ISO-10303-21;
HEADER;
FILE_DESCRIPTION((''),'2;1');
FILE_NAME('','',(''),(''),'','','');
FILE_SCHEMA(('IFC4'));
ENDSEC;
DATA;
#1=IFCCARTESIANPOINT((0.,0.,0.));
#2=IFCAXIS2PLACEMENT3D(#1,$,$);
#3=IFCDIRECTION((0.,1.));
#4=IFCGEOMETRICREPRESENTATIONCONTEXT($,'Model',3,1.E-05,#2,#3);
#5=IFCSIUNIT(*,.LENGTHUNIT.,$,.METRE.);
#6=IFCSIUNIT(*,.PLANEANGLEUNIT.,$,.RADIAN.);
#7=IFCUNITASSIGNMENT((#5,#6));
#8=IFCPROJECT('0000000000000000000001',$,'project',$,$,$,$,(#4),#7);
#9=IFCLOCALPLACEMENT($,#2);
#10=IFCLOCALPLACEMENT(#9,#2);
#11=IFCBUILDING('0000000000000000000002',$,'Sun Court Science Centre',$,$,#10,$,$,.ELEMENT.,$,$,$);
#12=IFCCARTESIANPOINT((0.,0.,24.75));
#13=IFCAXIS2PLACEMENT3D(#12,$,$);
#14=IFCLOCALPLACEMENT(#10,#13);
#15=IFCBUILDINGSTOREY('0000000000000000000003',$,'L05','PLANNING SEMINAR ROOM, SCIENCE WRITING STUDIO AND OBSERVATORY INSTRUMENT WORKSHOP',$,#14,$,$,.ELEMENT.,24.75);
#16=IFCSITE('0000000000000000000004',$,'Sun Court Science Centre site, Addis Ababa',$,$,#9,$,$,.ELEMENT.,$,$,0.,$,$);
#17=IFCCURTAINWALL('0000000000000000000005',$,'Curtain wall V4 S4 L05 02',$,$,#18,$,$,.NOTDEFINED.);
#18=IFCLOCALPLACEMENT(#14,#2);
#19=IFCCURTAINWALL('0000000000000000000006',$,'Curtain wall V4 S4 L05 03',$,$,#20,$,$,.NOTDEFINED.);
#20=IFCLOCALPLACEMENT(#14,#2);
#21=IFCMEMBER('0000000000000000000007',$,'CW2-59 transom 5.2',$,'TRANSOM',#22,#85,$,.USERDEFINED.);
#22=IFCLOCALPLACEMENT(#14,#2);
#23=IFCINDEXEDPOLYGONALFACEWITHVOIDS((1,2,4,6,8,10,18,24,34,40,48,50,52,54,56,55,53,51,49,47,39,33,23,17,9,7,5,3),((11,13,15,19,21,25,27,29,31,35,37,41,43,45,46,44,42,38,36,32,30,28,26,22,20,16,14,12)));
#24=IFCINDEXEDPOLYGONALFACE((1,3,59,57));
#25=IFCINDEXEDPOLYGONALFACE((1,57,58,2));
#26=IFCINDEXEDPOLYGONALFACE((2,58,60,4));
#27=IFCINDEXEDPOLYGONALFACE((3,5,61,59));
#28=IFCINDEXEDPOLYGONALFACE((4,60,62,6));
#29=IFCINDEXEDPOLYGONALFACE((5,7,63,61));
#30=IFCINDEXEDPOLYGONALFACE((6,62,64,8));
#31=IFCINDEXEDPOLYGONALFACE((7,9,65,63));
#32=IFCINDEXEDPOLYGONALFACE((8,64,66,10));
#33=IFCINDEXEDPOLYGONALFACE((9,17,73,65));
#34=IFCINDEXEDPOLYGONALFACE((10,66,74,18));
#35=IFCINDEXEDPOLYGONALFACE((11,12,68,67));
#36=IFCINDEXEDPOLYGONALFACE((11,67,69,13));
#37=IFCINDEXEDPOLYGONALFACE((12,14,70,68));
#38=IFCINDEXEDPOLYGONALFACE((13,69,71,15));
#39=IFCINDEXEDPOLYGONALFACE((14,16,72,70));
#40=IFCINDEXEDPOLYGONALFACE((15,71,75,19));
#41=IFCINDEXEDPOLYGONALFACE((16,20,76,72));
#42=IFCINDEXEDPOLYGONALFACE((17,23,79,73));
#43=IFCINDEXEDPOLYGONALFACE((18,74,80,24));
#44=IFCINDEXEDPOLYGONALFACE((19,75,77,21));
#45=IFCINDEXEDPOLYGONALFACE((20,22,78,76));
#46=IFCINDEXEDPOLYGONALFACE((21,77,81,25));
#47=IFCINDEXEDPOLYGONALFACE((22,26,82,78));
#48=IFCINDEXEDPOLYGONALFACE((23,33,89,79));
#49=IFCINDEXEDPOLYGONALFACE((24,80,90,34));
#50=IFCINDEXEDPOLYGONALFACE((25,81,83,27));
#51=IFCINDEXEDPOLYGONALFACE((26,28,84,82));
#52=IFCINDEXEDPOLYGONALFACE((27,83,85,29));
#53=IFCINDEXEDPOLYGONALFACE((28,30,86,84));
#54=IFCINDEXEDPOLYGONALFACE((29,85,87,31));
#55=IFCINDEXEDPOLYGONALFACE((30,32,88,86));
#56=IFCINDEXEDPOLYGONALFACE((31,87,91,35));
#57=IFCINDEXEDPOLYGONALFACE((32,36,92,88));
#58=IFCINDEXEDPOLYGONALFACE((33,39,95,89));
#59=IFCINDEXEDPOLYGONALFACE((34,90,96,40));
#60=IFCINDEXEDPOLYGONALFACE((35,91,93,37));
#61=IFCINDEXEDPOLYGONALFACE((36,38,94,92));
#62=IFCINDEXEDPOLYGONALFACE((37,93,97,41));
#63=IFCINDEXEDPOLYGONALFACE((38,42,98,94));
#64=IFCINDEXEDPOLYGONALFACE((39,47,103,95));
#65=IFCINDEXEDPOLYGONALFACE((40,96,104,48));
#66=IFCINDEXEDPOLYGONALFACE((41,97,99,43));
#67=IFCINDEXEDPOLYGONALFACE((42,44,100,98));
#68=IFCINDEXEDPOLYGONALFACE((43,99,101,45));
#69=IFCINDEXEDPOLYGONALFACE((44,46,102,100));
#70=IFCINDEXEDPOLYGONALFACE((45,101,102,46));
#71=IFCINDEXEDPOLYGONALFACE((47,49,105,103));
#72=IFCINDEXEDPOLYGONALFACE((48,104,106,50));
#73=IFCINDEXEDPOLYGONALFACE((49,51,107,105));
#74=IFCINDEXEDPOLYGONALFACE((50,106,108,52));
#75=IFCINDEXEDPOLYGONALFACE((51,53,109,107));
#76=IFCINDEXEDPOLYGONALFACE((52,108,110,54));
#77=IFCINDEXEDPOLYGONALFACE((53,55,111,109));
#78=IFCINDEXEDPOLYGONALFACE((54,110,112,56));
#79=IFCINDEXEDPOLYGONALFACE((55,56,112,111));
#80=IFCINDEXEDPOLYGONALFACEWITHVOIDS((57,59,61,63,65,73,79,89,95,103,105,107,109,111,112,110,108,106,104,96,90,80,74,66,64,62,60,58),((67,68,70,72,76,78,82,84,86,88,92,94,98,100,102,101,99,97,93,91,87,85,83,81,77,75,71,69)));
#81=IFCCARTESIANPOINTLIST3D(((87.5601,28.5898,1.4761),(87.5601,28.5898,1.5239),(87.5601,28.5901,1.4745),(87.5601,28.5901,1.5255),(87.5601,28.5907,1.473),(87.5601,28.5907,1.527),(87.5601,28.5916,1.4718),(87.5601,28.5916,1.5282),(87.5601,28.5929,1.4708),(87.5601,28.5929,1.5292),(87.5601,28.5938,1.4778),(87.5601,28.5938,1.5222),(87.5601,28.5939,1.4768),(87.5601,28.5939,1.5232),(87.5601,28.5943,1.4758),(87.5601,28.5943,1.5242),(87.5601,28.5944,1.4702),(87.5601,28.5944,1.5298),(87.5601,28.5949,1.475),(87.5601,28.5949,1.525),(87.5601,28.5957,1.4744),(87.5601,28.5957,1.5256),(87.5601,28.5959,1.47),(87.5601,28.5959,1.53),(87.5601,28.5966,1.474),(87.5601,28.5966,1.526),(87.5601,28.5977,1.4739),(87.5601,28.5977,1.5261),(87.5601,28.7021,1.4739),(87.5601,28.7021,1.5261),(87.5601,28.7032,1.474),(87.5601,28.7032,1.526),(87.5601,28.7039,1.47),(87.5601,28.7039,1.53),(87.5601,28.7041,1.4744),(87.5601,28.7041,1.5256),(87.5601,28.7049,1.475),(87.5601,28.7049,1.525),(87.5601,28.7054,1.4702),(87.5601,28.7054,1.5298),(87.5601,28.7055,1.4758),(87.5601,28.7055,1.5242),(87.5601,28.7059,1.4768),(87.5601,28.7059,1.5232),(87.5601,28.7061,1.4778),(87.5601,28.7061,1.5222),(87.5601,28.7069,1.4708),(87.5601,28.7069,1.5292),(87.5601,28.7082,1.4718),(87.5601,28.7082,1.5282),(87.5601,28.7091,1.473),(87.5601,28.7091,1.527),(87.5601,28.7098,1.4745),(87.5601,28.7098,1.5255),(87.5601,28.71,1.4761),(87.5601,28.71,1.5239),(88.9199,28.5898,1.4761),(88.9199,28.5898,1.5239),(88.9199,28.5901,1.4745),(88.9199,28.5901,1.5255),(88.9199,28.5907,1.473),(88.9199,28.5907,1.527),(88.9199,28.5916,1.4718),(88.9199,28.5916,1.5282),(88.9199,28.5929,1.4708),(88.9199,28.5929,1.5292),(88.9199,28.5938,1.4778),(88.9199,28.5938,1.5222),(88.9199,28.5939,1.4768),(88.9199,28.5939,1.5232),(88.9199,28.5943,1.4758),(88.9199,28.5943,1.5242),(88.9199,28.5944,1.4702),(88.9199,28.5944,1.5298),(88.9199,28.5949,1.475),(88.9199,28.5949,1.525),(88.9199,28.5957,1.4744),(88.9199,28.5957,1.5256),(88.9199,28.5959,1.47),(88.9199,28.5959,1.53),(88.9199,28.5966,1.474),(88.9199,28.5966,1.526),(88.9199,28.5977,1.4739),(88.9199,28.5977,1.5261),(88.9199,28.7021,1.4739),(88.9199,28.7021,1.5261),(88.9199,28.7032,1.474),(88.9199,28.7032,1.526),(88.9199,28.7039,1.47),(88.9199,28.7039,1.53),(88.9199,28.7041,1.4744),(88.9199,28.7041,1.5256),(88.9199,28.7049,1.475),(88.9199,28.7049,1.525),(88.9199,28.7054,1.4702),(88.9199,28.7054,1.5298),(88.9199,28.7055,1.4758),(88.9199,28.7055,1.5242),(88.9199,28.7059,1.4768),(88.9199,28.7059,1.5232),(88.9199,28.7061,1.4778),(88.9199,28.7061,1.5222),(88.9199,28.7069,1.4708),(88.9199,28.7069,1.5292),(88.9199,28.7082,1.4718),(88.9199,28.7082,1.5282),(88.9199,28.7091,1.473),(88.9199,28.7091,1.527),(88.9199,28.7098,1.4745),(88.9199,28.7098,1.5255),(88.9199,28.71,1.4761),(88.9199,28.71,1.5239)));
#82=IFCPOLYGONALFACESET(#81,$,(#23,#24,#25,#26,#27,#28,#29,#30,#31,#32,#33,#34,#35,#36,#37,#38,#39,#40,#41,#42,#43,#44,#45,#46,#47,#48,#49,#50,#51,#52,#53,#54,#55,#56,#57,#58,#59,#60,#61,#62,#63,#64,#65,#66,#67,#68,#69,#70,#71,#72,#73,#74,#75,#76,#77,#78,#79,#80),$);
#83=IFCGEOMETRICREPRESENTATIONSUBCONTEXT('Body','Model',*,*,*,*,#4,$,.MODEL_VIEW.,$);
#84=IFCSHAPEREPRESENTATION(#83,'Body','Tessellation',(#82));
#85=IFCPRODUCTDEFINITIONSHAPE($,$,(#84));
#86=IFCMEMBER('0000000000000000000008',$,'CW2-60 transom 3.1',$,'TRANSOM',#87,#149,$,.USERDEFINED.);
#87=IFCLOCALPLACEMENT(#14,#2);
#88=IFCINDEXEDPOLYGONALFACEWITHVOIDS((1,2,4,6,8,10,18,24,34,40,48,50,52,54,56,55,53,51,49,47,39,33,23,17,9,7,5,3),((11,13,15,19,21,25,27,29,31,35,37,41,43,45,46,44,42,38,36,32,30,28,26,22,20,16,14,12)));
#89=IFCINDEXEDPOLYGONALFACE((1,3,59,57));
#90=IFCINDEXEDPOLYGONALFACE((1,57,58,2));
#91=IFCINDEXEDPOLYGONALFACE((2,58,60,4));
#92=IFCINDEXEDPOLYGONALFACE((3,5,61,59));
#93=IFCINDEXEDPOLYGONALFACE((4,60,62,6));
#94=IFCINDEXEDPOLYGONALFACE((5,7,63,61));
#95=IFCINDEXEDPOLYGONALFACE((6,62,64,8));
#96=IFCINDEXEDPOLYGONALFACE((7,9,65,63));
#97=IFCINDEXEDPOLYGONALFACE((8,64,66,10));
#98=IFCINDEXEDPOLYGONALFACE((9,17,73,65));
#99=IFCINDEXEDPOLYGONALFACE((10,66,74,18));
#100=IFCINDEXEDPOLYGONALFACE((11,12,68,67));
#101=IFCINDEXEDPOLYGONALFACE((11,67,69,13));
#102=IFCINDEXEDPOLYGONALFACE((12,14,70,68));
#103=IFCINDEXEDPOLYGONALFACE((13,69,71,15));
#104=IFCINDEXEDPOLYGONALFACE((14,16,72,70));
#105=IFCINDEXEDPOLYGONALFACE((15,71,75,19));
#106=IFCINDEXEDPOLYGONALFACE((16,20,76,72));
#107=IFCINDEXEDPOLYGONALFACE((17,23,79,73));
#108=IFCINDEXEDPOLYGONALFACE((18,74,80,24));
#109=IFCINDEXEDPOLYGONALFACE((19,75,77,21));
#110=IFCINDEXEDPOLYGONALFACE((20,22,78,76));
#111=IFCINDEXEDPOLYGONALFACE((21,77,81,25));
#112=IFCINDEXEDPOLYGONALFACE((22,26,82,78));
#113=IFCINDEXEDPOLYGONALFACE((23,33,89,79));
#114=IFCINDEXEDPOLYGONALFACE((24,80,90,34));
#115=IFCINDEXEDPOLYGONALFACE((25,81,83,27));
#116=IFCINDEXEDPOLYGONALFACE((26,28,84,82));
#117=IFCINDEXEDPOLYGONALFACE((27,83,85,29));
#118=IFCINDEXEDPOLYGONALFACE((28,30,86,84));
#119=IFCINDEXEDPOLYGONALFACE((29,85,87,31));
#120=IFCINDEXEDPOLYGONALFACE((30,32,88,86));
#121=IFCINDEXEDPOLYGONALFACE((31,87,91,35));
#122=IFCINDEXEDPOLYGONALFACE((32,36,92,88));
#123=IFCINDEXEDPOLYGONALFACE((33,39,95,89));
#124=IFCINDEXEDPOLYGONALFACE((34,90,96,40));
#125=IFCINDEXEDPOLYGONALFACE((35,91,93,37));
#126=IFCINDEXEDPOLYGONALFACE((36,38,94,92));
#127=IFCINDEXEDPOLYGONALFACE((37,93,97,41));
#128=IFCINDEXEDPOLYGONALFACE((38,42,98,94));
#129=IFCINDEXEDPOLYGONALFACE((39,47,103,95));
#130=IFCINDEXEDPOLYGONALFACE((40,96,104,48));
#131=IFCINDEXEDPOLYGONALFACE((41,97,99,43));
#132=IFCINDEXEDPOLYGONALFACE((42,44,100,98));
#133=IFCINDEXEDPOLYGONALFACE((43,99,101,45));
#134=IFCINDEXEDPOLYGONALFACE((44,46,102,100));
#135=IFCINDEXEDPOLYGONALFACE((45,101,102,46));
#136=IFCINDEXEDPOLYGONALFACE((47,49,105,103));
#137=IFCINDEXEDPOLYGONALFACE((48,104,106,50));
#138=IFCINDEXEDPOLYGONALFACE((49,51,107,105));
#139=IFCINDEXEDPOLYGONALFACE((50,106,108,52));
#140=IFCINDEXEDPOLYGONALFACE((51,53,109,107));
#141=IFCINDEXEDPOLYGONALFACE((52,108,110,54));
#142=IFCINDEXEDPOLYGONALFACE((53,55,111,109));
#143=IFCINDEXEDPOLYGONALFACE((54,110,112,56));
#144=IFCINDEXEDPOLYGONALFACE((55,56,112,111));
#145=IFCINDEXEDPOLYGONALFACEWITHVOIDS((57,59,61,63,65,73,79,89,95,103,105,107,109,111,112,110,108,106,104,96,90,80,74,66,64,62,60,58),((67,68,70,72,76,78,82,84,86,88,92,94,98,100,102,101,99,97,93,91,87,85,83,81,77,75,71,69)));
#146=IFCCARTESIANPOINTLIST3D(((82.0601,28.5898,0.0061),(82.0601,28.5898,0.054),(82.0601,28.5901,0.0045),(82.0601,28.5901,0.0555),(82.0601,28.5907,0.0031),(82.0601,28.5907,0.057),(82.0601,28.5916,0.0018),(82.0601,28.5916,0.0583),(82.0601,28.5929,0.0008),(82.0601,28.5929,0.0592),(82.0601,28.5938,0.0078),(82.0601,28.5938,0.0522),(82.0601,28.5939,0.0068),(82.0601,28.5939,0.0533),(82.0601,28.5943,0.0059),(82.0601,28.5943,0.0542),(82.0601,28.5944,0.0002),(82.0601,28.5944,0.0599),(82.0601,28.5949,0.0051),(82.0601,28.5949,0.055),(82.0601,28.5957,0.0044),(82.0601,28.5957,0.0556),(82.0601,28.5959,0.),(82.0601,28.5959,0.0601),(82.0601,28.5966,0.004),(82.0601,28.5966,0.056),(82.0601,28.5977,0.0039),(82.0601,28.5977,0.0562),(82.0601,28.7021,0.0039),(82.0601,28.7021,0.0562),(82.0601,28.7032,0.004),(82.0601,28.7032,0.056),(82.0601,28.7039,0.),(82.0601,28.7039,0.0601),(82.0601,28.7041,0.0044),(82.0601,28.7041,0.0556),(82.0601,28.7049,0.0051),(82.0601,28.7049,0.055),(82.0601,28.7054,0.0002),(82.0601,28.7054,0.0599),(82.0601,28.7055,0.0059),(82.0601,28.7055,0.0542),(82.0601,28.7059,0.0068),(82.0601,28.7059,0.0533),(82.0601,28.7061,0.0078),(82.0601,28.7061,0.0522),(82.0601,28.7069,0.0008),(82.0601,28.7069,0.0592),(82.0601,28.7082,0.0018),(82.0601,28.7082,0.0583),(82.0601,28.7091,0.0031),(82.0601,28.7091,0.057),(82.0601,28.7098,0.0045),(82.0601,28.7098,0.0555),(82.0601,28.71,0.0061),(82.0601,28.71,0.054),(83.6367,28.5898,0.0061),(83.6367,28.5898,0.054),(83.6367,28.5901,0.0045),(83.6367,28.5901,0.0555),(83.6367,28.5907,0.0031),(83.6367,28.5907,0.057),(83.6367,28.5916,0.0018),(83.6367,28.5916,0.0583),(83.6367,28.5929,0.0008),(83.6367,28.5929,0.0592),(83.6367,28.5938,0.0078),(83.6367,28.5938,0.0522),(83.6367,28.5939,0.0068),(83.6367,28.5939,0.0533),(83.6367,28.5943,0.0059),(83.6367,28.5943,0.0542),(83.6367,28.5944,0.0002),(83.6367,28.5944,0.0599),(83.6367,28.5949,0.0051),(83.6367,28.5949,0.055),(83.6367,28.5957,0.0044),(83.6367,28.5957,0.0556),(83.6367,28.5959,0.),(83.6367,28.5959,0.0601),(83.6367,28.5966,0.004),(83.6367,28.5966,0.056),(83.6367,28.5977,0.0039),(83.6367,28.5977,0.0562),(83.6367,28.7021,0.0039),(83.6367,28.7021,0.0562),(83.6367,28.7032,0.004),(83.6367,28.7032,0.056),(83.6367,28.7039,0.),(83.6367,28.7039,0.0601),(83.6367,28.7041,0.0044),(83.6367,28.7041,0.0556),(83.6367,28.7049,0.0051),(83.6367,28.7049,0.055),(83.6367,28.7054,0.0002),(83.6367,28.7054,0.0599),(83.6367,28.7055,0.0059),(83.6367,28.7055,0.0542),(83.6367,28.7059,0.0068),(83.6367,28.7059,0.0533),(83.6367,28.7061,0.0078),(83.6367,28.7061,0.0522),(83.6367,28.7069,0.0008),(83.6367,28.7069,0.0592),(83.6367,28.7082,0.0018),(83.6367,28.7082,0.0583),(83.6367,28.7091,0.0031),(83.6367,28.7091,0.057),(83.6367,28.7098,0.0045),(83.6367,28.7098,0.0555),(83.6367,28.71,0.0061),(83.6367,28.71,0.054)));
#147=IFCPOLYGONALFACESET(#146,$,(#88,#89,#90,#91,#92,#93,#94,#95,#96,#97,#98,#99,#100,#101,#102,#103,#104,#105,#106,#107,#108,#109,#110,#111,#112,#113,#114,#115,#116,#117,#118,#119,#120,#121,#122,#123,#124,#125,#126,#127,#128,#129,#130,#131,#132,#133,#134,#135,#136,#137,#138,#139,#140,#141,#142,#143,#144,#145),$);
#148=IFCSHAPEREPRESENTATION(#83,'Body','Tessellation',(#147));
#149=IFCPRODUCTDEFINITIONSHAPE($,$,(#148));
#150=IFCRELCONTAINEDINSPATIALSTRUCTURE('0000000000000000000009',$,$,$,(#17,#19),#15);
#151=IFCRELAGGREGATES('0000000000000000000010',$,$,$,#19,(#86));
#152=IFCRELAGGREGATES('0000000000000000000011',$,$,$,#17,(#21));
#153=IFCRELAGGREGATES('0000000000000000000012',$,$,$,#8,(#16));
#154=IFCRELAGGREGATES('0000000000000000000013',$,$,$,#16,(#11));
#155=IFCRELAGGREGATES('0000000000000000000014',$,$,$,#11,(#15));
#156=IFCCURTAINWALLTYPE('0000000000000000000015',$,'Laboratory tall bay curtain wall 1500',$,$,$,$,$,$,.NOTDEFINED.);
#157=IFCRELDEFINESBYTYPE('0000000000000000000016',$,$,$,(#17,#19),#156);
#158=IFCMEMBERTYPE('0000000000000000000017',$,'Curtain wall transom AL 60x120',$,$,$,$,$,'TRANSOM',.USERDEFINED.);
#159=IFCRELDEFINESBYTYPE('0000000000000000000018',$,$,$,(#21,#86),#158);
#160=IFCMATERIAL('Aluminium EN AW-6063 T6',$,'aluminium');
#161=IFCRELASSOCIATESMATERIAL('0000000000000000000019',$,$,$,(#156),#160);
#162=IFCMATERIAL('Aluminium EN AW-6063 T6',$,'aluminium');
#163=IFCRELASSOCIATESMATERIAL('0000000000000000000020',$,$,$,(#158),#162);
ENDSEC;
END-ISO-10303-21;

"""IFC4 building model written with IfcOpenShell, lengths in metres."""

from ifc_helpers import new_model, si_unit, direction, frame, origin, origin_2d, place, context, subcontext, project, spatial, hollow_rectangle, extrude, material, material_profile, profile_set, type_object, element, aggregate, save


model = new_model("IFC4")

# Units and contexts
model_context = context("Model", 3, precision=1e-05, world=origin(), true_north=direction((0.0, 1.0)))
body_context = subcontext(model_context, "Body", "Model", "MODEL_VIEW")
ifc_project = project(units=[si_unit("LENGTHUNIT", "METRE"), si_unit("PLANEANGLEUNIT", "RADIAN")], contexts=[model_context])

# Site, building, storey
site_placement = place(None, origin())
site = spatial("IfcSite", under=ifc_project, at=site_placement, Name="Sun Court Science Centre site, Addis Ababa", CompositionType="ELEMENT", RefElevation=0.0)
building_placement = place(site_placement, origin())
building = spatial("IfcBuilding", under=site, at=building_placement, Name="Sun Court Science Centre", CompositionType="ELEMENT")
storey_placement = place(building_placement, frame((0.0, 0.0, 24.75)))
storey = spatial("IfcBuildingStorey", under=building, at=storey_placement, Name="L05", Description="PLANNING SEMINAR ROOM, SCIENCE WRITING STUDIO AND OBSERVATORY INSTRUMENT WORKSHOP", CompositionType="ELEMENT", Elevation=24.75)

# Curtain wall
ifc_material_1 = material(Name="Aluminium EN AW-6063 T6", Category="aluminium")
curtain_wall_type = type_object("IfcCurtainWallType", Name="Laboratory tall bay curtain wall 1500", PredefinedType="NOTDEFINED", material=ifc_material_1)
curtain_wall_1_placement = place(storey_placement, origin())
curtain_wall_1 = element("IfcCurtainWall", 1, at=curtain_wall_1_placement, inside=storey, type_object=curtain_wall_type, Name="Curtain wall V4 S4 L05 02", PredefinedType="NOTDEFINED")

# Curtain wall
curtain_wall_2_placement = place(storey_placement, origin())
curtain_wall_2 = element("IfcCurtainWall", 2, at=curtain_wall_2_placement, inside=storey, type_object=curtain_wall_type, Name="Curtain wall V4 S4 L05 03", PredefinedType="NOTDEFINED")

# Members
ifc_material_2 = material(Name="Aluminium EN AW-6063 T6", Category="aluminium")
ifc_material_profile_1 = material_profile(ifc_material_2, hollow_rectangle(XDim=0.0601, YDim=0.1201, WallThickness=0.0039, InnerFilletRadius=0.0039, OuterFilletRadius=0.0061, at=origin_2d()), Name="AL 60x120x4")
ifc_profile_set_1 = profile_set([ifc_material_profile_1], Name="Aluminium EN AW-6063 T6")
member_type_1 = type_object("IfcMemberType", Name="Curtain wall transom AL 60x120", ElementType="TRANSOM", PredefinedType="USERDEFINED", material=ifc_profile_set_1)
member_1_placement = place(storey_placement, frame((88.9199, 28.6499, 1.5), z_axis=(-1.0, 0.0, 0.0), x_axis=(0.0, 0.0, 1.0)))
member_1 = element("IfcMember", 3, at=member_1_placement, type_object=member_type_1, Name="CW2-59 transom 5.2", ObjectType="TRANSOM", PredefinedType="USERDEFINED", context=body_context, shape_type="SweptSolid", body=[
    extrude(hollow_rectangle(XDim=0.0601, YDim=0.1201, WallThickness=0.0039, InnerFilletRadius=0.0039, OuterFilletRadius=0.0061, at=origin_2d()), origin(), (0.0, 0.0, 1.0), 1.3599),
])
member_2_placement = place(storey_placement, frame((83.6367, 28.6499, 0.03), z_axis=(-1.0, 0.0, 0.0), x_axis=(0.0, 0.0, 1.0)))
member_2 = element("IfcMember", 4, at=member_2_placement, type_object=member_type_1, Name="CW2-60 transom 3.1", ObjectType="TRANSOM", PredefinedType="USERDEFINED", context=body_context, shape_type="SweptSolid", body=[
    extrude(hollow_rectangle(XDim=0.0601, YDim=0.1201, WallThickness=0.0039, InnerFilletRadius=0.0039, OuterFilletRadius=0.0061, at=origin_2d()), origin(), (0.0, 0.0, 1.0), 1.5767),
])
aggregate(curtain_wall_2, [member_2])

aggregate(curtain_wall_1, [member_1])

save(model, "model.ifc")
